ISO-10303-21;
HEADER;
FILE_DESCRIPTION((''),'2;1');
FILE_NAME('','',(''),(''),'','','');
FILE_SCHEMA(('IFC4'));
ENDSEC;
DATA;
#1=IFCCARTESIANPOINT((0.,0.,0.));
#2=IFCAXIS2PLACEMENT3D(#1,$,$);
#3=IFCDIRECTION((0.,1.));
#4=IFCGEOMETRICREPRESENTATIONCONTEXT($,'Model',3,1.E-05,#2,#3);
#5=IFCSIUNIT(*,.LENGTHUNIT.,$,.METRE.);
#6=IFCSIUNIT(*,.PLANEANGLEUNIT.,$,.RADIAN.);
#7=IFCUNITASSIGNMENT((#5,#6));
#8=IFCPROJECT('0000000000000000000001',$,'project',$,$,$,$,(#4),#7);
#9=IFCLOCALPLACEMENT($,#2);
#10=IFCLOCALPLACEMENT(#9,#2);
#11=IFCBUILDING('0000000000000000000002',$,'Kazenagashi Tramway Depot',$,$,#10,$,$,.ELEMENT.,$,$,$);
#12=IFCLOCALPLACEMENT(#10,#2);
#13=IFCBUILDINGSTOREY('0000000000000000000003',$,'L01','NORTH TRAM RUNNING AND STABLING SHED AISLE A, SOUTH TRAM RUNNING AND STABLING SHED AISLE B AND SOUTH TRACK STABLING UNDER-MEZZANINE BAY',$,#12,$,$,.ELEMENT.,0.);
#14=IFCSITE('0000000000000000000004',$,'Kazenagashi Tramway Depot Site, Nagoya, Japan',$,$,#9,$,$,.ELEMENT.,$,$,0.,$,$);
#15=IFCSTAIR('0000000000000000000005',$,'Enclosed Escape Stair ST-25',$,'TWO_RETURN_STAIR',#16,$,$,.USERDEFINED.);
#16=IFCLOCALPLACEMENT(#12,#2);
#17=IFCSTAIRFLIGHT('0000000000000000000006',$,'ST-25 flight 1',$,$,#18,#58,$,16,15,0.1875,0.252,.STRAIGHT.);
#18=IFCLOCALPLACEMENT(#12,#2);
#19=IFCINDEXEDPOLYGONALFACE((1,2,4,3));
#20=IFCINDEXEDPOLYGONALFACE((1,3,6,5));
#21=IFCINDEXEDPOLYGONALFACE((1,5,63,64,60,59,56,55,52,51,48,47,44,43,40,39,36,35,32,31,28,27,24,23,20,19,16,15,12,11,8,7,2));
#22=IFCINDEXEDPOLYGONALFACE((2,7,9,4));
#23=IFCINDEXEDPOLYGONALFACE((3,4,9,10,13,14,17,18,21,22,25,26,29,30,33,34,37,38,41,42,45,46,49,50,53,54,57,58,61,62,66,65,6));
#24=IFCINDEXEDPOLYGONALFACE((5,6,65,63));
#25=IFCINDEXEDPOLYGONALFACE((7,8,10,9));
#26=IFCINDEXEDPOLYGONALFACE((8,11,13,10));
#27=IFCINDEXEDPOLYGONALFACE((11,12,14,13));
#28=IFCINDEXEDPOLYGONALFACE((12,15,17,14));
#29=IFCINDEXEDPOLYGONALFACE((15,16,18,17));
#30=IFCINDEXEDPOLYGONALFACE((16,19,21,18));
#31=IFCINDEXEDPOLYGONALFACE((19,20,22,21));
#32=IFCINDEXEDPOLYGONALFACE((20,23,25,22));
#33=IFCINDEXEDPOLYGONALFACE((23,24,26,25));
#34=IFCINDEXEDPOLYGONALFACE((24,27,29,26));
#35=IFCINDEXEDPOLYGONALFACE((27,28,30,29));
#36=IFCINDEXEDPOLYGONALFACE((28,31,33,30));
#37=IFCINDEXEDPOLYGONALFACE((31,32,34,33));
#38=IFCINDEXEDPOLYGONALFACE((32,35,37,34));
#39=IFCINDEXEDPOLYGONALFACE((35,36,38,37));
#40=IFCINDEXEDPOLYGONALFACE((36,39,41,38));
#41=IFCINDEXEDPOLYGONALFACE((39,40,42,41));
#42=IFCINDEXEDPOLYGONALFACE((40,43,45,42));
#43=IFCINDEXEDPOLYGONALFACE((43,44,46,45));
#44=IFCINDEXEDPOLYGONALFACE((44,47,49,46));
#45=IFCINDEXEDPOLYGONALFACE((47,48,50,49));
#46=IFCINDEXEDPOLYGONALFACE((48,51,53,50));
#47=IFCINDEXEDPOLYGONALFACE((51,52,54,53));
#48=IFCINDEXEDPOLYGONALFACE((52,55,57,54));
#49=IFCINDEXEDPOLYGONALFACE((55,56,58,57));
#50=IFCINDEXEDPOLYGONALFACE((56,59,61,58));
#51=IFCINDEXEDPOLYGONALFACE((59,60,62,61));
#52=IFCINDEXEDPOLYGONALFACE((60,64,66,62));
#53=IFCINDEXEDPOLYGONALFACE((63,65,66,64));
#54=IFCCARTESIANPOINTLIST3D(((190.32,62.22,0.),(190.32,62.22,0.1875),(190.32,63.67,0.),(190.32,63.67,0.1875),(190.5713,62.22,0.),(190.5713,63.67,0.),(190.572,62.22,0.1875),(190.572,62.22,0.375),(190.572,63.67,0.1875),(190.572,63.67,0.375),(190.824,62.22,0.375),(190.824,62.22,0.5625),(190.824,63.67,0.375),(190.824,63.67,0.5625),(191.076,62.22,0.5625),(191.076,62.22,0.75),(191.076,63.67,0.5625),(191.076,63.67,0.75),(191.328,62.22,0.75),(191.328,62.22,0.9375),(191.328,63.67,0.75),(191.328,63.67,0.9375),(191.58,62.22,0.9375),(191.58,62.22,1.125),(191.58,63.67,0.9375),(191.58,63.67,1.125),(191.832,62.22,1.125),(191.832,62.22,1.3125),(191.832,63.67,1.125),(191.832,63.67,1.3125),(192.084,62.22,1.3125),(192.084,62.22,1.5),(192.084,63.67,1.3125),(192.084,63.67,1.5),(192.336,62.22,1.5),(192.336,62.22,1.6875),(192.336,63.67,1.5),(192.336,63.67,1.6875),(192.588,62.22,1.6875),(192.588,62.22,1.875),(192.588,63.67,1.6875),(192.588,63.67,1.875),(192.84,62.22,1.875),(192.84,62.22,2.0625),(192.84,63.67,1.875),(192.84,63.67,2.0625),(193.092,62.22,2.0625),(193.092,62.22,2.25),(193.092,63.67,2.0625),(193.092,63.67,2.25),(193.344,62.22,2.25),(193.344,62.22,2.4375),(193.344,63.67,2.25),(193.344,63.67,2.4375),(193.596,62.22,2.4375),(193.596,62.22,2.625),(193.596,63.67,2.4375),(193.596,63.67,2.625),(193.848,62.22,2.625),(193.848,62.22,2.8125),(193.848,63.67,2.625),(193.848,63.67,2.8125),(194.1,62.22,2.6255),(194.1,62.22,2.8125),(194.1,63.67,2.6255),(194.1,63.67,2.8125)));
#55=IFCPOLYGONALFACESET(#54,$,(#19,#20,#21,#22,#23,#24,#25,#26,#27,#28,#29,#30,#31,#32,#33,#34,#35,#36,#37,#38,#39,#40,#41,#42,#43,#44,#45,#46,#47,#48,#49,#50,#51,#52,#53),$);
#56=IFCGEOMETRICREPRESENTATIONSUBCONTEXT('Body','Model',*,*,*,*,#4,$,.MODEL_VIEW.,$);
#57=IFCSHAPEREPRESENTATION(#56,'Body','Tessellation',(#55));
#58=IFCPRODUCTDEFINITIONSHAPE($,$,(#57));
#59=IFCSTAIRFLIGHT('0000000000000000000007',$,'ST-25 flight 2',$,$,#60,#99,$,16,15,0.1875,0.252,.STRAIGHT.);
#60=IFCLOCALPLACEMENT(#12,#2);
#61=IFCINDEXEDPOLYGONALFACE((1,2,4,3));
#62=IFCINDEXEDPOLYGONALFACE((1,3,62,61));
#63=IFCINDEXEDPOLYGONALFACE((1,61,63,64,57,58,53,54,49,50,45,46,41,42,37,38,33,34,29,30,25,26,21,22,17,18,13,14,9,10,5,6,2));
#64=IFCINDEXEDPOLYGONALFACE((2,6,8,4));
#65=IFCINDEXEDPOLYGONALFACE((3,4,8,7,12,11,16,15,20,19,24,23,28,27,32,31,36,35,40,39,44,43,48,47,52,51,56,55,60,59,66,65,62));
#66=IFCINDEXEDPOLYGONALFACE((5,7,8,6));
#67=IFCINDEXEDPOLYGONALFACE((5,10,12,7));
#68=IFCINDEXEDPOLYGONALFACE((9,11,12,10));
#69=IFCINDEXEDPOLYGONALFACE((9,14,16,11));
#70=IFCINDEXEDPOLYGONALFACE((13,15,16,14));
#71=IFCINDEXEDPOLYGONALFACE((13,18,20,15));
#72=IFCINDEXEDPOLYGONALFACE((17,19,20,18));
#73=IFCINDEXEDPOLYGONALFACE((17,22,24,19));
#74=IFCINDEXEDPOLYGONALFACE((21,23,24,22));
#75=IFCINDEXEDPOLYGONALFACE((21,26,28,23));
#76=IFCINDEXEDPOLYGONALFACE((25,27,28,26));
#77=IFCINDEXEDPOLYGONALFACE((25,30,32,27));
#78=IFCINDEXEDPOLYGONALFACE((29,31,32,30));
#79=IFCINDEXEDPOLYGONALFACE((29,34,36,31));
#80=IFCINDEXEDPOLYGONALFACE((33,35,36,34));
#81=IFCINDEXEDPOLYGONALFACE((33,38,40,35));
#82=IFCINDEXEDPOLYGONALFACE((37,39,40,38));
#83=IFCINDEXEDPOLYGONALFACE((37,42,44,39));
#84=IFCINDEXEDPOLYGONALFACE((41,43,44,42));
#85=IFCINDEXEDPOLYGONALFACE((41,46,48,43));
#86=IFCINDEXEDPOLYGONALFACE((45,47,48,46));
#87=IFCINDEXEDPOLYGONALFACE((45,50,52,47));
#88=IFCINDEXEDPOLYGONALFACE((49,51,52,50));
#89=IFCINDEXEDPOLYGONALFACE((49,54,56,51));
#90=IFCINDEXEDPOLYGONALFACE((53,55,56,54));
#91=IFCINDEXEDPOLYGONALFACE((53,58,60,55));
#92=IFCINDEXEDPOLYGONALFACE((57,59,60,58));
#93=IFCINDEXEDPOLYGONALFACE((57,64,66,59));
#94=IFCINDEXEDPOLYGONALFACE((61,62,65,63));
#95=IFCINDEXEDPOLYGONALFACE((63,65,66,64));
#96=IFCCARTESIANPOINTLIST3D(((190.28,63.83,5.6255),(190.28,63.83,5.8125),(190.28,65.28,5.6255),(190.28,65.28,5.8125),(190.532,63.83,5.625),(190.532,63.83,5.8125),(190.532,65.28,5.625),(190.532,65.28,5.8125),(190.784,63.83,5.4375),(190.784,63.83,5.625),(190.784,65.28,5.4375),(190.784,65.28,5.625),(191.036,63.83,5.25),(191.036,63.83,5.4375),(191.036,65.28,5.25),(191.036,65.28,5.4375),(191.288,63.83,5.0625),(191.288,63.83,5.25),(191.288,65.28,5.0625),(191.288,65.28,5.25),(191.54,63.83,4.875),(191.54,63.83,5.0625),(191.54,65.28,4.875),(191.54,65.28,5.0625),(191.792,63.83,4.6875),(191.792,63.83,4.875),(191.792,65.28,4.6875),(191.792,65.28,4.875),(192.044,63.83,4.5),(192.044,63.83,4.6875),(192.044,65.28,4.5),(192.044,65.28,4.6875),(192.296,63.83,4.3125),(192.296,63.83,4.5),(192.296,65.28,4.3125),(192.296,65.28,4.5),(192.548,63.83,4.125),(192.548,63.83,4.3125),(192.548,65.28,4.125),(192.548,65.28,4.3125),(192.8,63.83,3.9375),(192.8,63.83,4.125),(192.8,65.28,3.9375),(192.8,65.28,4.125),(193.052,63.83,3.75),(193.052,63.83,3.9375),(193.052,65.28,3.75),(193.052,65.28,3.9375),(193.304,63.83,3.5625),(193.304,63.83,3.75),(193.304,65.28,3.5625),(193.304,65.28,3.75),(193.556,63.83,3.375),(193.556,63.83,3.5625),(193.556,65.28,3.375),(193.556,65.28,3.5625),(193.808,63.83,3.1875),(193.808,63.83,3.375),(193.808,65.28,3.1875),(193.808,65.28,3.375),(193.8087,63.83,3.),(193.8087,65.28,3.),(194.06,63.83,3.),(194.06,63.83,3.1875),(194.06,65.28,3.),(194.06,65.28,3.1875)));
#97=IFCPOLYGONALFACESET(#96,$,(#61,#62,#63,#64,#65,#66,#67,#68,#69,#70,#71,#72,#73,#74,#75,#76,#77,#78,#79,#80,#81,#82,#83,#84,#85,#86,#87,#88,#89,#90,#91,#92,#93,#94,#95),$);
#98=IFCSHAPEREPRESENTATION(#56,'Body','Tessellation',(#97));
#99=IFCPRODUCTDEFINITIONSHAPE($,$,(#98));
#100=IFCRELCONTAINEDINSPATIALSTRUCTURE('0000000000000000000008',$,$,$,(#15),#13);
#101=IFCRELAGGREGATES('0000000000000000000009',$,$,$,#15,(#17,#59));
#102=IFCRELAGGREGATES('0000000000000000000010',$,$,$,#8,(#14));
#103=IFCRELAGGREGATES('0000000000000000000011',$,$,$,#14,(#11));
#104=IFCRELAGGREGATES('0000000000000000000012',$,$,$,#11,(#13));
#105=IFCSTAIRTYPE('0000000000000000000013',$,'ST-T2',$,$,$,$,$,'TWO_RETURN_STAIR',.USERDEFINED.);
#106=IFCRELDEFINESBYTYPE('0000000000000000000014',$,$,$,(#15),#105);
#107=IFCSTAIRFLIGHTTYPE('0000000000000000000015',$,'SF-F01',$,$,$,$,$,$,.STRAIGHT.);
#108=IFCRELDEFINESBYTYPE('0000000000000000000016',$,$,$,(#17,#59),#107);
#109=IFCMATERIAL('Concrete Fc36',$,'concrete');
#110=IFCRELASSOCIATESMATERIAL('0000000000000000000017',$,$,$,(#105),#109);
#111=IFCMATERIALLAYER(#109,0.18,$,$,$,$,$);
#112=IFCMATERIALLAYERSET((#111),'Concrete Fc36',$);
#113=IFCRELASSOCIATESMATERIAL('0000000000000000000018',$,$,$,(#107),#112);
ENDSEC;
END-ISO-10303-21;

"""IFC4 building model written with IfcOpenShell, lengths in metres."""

from ifc_helpers import new_model, si_unit, direction, frame, origin, place, context, subcontext, project, spatial, polyline, outline, extrude, material, layer, layer_set, type_object, element, aggregate, save


model = new_model("IFC4")

# Units and contexts
model_context = context("Model", 3, precision=1e-05, world=origin(), true_north=direction((0.0, 1.0)))
body_context = subcontext(model_context, "Body", "Model", "MODEL_VIEW")
ifc_project = project(units=[si_unit("LENGTHUNIT", "METRE"), si_unit("PLANEANGLEUNIT", "RADIAN")], contexts=[model_context])

# Site, building, storey
site_placement = place(None, origin())
site = spatial("IfcSite", under=ifc_project, at=site_placement, Name="Kazenagashi Tramway Depot Site, Nagoya, Japan", CompositionType="ELEMENT", RefElevation=0.0)
building_placement = place(site_placement, origin())
building = spatial("IfcBuilding", under=site, at=building_placement, Name="Kazenagashi Tramway Depot", CompositionType="ELEMENT")
storey_placement = place(building_placement, origin())
storey = spatial("IfcBuildingStorey", under=building, at=storey_placement, Name="L01", Description="NORTH TRAM RUNNING AND STABLING SHED AISLE A, SOUTH TRAM RUNNING AND STABLING SHED AISLE B AND SOUTH TRACK STABLING UNDER-MEZZANINE BAY", CompositionType="ELEMENT", Elevation=0.0)

# Shared definitions
ifc_material_1 = material(Name="Concrete Fc36", Category="concrete")

# Stair, stair flights
stair_type = type_object("IfcStairType", Name="ST-T2", ElementType="TWO_RETURN_STAIR", PredefinedType="USERDEFINED", material=ifc_material_1)
stair_placement = place(storey_placement, origin())
stair = element("IfcStair", 1, at=stair_placement, inside=storey, type_object=stair_type, Name="Enclosed Escape Stair ST-25", ObjectType="TWO_RETURN_STAIR", PredefinedType="USERDEFINED")
ifc_layer_1 = layer(ifc_material_1, 0.18)
ifc_layer_set_1 = layer_set([ifc_layer_1], Name="Concrete Fc36")
stair_flight_type = type_object("IfcStairFlightType", Name="SF-F01", PredefinedType="STRAIGHT", material=ifc_layer_set_1)
stair_flight_1_placement = place(storey_placement, frame((190.32, 62.945, 0.0), z_axis=(0.0, 0.0, 1.0), x_axis=(1.0, 0.0, 0.0)))
stair_flight_1 = element("IfcStairFlight", 2, at=stair_flight_1_placement, type_object=stair_flight_type, Name="ST-25 flight 1", NumberOfRisers=16, NumberOfTreads=15, PredefinedType="STRAIGHT", RiserHeight=0.1875, TreadLength=0.252, context=body_context, shape_type="SweptSolid", body=[
    extrude(outline(polyline([(0.0, 0.0), (0.0, 0.1875), (0.252, 0.1875), (0.252, 0.375), (0.504, 0.375), (0.504, 0.5625), (0.756, 0.5625), (0.756, 0.75), (1.008, 0.75), (1.008, 0.9375), (1.26, 0.9375), (1.26, 1.125), (1.512, 1.125), (1.512, 1.3125), (1.764, 1.3125), (1.764, 1.5), (2.016, 1.5), (2.016, 1.6875), (2.268, 1.6875), (2.268, 1.875), (2.52, 1.875), (2.52, 2.0625), (2.772, 2.0625), (2.772, 2.25), (3.024, 2.25), (3.024, 2.4375), (3.276, 2.4375), (3.276, 2.625), (3.528, 2.625), (3.528, 2.8125), (3.78, 2.8125), (3.78, 3.0), (3.78, 2.6255), (0.2513, 0.0), (0.0, 0.0)])), frame((0.0, 0.725, 0.0), z_axis=(0.0, -1.0, 0.0), x_axis=(1.0, 0.0, 0.0)), (0.0, 0.0, 1.0), 1.45),
])
stair_flight_2_placement = place(storey_placement, frame((194.06, 64.555, 3.0), z_axis=(0.0, 0.0, 1.0), x_axis=(-1.0, 0.0, 0.0)))
stair_flight_2 = element("IfcStairFlight", 3, at=stair_flight_2_placement, type_object=stair_flight_type, Name="ST-25 flight 2", NumberOfRisers=16, NumberOfTreads=15, PredefinedType="STRAIGHT", RiserHeight=0.1875, TreadLength=0.252, context=body_context, shape_type="SweptSolid", body=[
    extrude(outline(polyline([(0.0, 0.0), (0.0, 0.1875), (0.252, 0.1875), (0.252, 0.375), (0.504, 0.375), (0.504, 0.5625), (0.756, 0.5625), (0.756, 0.75), (1.008, 0.75), (1.008, 0.9375), (1.26, 0.9375), (1.26, 1.125), (1.512, 1.125), (1.512, 1.3125), (1.764, 1.3125), (1.764, 1.5), (2.016, 1.5), (2.016, 1.6875), (2.268, 1.6875), (2.268, 1.875), (2.52, 1.875), (2.52, 2.0625), (2.772, 2.0625), (2.772, 2.25), (3.024, 2.25), (3.024, 2.4375), (3.276, 2.4375), (3.276, 2.625), (3.528, 2.625), (3.528, 2.8125), (3.78, 2.8125), (3.78, 3.0), (3.78, 2.6255), (0.2513, 0.0), (0.0, 0.0)])), frame((0.0, 0.725, 0.0), z_axis=(0.0, -1.0, 0.0), x_axis=(1.0, 0.0, 0.0)), (0.0, 0.0, 1.0), 1.45),
])
aggregate(stair, [stair_flight_1, stair_flight_2])

save(model, "model.ifc")
